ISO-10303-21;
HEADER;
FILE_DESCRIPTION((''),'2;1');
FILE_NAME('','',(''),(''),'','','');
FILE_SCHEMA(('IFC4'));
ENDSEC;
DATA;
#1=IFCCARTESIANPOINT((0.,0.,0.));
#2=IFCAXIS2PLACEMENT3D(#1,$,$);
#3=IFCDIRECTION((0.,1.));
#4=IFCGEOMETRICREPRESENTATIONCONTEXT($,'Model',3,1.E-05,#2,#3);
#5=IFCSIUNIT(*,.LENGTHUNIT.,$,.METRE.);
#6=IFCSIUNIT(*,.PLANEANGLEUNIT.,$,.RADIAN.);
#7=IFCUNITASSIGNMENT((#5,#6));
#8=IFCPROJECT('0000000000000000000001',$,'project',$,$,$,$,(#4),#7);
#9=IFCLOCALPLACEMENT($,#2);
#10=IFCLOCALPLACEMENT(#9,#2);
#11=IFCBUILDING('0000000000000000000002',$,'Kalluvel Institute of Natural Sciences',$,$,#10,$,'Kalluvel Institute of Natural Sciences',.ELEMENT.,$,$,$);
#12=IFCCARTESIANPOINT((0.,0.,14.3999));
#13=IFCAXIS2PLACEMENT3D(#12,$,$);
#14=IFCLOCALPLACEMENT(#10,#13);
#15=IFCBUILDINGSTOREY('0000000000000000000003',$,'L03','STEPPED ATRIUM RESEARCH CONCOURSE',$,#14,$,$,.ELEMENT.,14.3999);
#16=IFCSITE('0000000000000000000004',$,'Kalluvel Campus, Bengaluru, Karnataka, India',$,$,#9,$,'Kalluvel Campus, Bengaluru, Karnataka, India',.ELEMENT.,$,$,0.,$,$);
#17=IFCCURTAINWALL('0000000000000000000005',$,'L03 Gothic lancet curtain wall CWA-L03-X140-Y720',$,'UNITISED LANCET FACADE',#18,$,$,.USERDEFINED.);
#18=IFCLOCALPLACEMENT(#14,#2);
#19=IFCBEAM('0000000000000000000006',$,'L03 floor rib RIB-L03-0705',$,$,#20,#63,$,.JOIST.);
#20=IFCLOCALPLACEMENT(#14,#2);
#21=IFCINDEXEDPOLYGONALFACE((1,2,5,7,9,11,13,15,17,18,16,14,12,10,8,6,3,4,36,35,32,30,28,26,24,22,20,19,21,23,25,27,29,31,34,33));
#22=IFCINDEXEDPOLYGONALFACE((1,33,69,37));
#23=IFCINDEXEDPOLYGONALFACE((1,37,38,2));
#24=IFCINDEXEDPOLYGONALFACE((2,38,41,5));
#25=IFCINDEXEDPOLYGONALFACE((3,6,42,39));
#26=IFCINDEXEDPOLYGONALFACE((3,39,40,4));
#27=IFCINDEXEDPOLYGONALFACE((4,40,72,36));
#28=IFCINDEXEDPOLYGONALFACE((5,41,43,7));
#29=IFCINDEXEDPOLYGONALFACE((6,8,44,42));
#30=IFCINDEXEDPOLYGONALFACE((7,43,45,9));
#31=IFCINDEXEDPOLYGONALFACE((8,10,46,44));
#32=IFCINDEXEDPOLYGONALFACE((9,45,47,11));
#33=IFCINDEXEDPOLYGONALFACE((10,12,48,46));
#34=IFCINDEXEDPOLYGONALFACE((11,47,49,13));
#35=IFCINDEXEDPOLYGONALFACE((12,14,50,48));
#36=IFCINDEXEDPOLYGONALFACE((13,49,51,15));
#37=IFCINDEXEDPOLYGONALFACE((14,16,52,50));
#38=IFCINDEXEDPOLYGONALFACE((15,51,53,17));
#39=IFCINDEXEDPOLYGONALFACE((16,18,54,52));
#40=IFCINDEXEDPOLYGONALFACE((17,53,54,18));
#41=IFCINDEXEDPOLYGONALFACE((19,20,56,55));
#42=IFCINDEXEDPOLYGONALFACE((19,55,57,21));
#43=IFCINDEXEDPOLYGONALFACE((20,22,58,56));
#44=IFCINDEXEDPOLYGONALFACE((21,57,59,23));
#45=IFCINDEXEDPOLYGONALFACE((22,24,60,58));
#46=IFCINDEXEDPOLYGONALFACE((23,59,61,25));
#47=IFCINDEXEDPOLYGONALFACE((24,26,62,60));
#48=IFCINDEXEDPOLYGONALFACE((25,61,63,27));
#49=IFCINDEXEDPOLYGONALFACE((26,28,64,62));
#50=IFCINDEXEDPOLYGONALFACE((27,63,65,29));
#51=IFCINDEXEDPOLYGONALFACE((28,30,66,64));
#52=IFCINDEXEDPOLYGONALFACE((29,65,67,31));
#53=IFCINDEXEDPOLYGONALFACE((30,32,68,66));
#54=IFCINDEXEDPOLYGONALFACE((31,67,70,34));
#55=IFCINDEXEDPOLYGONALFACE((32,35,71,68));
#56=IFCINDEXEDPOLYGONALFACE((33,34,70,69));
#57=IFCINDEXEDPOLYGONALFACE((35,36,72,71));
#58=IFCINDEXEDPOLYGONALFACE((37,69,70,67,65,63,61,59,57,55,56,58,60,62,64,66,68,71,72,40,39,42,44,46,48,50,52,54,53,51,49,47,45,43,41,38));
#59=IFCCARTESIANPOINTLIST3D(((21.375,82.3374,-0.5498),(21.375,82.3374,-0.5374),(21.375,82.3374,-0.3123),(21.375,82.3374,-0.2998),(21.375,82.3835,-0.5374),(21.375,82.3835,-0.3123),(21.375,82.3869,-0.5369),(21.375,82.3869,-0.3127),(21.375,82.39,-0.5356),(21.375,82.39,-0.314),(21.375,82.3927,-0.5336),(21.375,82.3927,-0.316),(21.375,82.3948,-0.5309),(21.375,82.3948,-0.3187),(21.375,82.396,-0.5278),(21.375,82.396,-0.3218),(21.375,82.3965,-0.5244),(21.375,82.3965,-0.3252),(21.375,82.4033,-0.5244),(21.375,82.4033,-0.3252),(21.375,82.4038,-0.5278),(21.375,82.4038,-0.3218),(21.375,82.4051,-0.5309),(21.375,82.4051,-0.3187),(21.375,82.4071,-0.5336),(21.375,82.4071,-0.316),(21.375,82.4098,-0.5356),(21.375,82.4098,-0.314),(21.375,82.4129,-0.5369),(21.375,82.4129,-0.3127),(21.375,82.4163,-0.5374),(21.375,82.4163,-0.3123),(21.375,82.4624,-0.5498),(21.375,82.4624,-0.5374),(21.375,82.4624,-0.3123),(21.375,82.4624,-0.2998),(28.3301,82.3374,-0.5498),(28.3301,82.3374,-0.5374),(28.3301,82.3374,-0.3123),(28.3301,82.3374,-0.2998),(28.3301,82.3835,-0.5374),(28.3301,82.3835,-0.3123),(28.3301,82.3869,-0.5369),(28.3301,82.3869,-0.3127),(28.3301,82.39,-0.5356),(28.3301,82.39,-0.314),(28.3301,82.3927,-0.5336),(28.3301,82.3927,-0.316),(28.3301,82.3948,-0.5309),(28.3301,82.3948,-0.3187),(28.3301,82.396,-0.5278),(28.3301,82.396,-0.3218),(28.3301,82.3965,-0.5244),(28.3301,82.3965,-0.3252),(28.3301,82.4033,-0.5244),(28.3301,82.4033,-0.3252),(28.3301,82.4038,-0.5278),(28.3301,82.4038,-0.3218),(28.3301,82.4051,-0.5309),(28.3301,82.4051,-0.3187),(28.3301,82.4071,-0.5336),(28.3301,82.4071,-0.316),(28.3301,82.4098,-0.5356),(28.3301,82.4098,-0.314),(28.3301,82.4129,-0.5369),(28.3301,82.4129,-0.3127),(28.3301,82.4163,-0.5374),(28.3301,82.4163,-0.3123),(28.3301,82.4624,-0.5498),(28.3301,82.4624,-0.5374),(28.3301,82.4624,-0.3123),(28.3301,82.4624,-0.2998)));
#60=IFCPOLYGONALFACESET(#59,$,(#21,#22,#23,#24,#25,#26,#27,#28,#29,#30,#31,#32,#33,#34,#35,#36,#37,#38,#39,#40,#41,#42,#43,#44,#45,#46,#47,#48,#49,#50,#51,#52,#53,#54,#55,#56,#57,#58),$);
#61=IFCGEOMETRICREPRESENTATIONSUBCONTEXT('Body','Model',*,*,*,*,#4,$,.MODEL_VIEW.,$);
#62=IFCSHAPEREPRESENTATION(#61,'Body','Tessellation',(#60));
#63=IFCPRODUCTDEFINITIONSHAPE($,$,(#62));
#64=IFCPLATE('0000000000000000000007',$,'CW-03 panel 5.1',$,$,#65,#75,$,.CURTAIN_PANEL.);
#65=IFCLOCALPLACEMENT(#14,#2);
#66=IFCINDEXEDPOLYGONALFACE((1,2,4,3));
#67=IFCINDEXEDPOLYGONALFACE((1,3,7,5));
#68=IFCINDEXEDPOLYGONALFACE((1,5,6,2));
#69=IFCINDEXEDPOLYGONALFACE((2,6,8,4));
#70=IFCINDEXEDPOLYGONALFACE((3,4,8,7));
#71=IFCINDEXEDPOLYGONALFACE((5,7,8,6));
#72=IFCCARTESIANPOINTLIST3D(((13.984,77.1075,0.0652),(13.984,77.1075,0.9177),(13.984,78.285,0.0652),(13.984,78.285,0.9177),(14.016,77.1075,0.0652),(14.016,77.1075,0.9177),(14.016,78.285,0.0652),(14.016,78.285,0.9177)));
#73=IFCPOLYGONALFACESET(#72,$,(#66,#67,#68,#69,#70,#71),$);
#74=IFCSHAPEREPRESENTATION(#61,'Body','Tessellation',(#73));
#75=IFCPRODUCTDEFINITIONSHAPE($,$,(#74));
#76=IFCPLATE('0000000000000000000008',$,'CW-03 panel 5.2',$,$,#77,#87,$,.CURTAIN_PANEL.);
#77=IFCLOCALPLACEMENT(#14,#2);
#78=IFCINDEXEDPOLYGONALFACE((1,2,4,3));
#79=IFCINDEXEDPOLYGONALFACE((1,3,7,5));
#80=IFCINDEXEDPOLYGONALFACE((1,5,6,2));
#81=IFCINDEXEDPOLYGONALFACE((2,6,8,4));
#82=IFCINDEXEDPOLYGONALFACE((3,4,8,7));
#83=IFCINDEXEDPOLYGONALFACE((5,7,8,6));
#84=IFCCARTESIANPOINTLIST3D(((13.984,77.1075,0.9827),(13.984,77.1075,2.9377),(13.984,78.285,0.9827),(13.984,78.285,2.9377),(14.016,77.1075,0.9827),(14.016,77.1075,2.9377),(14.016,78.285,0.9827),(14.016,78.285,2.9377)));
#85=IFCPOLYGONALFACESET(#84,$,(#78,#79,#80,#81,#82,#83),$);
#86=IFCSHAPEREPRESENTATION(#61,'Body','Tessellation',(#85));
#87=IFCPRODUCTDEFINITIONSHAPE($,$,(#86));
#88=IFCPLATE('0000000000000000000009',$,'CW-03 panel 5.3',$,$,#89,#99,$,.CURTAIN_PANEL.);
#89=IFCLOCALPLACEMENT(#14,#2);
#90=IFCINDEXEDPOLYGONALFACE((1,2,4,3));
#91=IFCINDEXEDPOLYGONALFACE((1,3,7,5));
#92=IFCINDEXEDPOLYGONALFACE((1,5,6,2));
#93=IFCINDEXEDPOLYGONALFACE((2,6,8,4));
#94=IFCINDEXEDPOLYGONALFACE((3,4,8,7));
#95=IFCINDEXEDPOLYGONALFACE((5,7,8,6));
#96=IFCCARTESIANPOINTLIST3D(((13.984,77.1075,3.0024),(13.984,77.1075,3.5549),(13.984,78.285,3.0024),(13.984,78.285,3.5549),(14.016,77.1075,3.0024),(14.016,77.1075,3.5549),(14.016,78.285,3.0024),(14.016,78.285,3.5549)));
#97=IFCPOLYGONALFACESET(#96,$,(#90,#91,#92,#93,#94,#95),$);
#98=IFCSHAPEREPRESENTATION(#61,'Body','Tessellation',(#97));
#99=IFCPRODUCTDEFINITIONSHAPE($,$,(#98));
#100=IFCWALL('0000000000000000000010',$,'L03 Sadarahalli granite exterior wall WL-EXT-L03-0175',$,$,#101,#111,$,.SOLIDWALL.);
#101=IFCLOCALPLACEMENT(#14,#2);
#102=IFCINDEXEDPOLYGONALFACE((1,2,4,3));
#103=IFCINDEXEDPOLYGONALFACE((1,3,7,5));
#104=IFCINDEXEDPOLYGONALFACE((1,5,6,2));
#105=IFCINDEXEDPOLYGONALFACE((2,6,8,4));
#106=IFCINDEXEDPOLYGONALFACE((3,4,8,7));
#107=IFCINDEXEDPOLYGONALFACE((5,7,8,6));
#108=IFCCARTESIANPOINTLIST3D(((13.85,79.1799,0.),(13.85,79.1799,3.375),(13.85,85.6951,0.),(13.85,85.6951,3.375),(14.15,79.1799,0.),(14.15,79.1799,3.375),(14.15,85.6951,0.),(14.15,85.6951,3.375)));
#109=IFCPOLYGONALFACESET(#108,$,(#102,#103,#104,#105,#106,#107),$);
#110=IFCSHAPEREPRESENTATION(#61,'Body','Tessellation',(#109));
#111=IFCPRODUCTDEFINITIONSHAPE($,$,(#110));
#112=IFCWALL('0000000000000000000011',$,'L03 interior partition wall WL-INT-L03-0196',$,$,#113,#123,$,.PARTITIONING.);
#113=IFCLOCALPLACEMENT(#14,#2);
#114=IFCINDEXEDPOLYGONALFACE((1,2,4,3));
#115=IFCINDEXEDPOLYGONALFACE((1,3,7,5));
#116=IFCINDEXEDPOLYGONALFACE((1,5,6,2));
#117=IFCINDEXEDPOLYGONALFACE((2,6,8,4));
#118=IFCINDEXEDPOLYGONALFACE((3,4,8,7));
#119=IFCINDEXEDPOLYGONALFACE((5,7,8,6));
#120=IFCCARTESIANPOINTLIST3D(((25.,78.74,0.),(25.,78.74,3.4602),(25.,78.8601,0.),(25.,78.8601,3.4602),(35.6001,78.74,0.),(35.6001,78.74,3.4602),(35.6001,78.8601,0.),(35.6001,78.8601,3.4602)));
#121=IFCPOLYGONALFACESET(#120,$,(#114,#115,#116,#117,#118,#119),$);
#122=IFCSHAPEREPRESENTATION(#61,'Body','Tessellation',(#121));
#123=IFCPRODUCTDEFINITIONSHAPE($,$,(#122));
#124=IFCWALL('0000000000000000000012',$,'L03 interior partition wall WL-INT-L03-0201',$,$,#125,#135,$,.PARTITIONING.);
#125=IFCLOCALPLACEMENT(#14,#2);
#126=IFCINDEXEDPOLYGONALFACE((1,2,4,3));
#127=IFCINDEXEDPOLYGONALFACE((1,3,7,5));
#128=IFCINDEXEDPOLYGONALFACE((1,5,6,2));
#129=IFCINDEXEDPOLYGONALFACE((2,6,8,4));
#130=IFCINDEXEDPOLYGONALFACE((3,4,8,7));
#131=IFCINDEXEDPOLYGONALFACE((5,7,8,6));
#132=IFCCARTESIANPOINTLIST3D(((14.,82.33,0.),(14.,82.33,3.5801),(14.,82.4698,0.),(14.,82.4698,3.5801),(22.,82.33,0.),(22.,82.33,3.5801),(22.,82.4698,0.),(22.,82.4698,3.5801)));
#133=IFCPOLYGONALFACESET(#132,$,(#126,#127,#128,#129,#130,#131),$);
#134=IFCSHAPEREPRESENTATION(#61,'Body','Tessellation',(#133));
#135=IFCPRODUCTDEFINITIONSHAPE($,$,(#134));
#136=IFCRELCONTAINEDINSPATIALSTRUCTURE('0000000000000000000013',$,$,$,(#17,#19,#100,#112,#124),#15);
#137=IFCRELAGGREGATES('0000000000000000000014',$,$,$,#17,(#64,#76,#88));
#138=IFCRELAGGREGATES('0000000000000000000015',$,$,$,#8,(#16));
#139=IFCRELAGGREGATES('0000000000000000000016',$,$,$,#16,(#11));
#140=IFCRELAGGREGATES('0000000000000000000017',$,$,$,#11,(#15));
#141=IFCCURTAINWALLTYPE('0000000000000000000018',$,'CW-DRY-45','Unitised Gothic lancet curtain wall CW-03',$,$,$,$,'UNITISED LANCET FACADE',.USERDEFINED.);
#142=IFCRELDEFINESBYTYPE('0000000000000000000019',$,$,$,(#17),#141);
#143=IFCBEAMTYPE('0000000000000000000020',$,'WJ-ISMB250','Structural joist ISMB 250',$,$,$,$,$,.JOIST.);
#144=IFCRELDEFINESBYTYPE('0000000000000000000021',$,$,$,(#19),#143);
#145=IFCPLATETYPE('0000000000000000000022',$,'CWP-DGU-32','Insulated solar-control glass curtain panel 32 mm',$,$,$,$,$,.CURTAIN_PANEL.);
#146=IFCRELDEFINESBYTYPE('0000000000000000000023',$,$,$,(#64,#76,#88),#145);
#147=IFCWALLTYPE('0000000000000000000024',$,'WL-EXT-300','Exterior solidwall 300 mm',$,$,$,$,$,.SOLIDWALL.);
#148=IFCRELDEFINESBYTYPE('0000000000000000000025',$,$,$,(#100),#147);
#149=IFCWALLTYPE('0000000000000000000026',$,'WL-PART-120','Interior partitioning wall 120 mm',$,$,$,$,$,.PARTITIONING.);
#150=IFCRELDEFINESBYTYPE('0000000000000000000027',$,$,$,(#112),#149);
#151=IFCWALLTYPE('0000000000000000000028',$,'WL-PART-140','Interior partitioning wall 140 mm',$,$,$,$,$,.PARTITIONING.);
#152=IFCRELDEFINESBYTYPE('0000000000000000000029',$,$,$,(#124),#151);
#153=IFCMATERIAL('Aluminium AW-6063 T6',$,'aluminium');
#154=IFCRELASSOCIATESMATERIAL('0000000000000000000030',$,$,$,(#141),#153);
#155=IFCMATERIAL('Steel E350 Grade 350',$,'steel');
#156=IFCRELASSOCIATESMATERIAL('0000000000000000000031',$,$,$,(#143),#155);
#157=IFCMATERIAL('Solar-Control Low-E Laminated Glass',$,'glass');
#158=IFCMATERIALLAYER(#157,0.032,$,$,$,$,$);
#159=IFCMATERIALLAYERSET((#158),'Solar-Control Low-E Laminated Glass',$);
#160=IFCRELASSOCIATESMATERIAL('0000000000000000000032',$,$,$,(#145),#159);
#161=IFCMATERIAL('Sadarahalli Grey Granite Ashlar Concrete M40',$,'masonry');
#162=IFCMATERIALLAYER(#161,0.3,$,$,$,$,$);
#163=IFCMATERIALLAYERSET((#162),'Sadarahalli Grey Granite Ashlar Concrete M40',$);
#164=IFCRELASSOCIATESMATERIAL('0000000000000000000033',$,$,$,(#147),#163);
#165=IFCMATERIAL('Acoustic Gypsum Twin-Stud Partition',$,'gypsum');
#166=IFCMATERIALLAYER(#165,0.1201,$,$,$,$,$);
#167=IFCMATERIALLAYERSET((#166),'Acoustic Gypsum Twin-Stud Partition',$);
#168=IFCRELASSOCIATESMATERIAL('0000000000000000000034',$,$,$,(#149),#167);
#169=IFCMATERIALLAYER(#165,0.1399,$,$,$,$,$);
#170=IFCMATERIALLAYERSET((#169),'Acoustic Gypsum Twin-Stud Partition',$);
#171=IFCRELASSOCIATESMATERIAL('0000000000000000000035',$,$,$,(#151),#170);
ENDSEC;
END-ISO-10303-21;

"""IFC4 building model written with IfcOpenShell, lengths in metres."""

from ifc_helpers import new_model, si_unit, direction, frame, frame_2d, origin, origin_2d, place, context, subcontext, project, spatial, rectangle, i_section, extrude, material, layer, layer_set, material_profile, profile_set, type_object, element, aggregate, save


model = new_model("IFC4")

# Units and contexts
model_context = context("Model", 3, precision=1e-05, world=origin(), true_north=direction((0.0, 1.0)))
body_context = subcontext(model_context, "Body", "Model", "MODEL_VIEW")
ifc_project = project(units=[si_unit("LENGTHUNIT", "METRE"), si_unit("PLANEANGLEUNIT", "RADIAN")], contexts=[model_context])

# Site, building, storey
site_placement = place(None, origin())
site = spatial("IfcSite", under=ifc_project, at=site_placement, Name="Kalluvel Campus, Bengaluru, Karnataka, India", LongName="Kalluvel Campus, Bengaluru, Karnataka, India", CompositionType="ELEMENT", RefElevation=0.0)
building_placement = place(site_placement, origin())
building = spatial("IfcBuilding", under=site, at=building_placement, Name="Kalluvel Institute of Natural Sciences", LongName="Kalluvel Institute of Natural Sciences", CompositionType="ELEMENT")
storey_placement = place(building_placement, frame((0.0, 0.0, 14.3999)))
storey = spatial("IfcBuildingStorey", under=building, at=storey_placement, Name="L03", Description="STEPPED ATRIUM RESEARCH CONCOURSE", CompositionType="ELEMENT", Elevation=14.3999)

# Shared definitions
ifc_material_1 = material(Name="Steel E350 Grade 350", Category="steel")

# Curtain wall
ifc_material_2 = material(Name="Aluminium AW-6063 T6", Category="aluminium")
curtain_wall_type = type_object("IfcCurtainWallType", Name="CW-DRY-45", Description="Unitised Gothic lancet curtain wall CW-03", ElementType="UNITISED LANCET FACADE", PredefinedType="USERDEFINED", material=ifc_material_2)
curtain_wall_placement = place(storey_placement, origin())
curtain_wall = element("IfcCurtainWall", 1, at=curtain_wall_placement, inside=storey, type_object=curtain_wall_type, Name="L03 Gothic lancet curtain wall CWA-L03-X140-Y720", ObjectType="UNITISED LANCET FACADE", PredefinedType="USERDEFINED")

# Beam
ifc_material_profile_1 = material_profile(ifc_material_1, i_section(OverallWidth=0.125, OverallDepth=0.25, WebThickness=0.0068, FlangeThickness=0.0125, FilletRadius=0.0129, at=origin_2d()), Name="ISMB 250")
ifc_profile_set_1 = profile_set([ifc_material_profile_1], Name="Steel E350 Grade 350")
beam_type_1 = type_object("IfcBeamType", Name="WJ-ISMB250", Description="Structural joist ISMB 250", PredefinedType="JOIST", material=ifc_profile_set_1)
beam_1_placement = place(storey_placement, frame((21.375, 82.3999, -0.4248), z_axis=(1.0, 0.0, 0.0), x_axis=(0.0, 1.0, 0.0)))
element("IfcBeam", 2, at=beam_1_placement, inside=storey, type_object=beam_type_1, Name="L03 floor rib RIB-L03-0705", PredefinedType="JOIST", context=body_context, shape_type="SweptSolid", body=[
    extrude(i_section(OverallWidth=0.125, OverallDepth=0.25, WebThickness=0.0068, FlangeThickness=0.0125, FilletRadius=0.0129, at=origin_2d()), origin(), (0.0, 0.0, 1.0), 6.9551),
])

# Plates
ifc_material_3 = material(Name="Solar-Control Low-E Laminated Glass", Category="glass")
ifc_layer_1 = layer(ifc_material_3, 0.032)
ifc_layer_set_1 = layer_set([ifc_layer_1], Name="Solar-Control Low-E Laminated Glass")
plate_type = type_object("IfcPlateType", Name="CWP-DGU-32", Description="Insulated solar-control glass curtain panel 32 mm", PredefinedType="CURTAIN_PANEL", material=ifc_layer_set_1)
plate_1_placement = place(storey_placement, frame((14.0, 77.6963, 0.0652), z_axis=(0.0, 0.0, 1.0), x_axis=(0.0, 1.0, 0.0)))
plate_1 = element("IfcPlate", 3, at=plate_1_placement, type_object=plate_type, Name="CW-03 panel 5.1", PredefinedType="CURTAIN_PANEL", context=body_context, shape_type="SweptSolid", body=[
    extrude(rectangle(XDim=1.1775, YDim=0.032, at=origin_2d()), origin(), (0.0, 0.0, 1.0), 0.8525),
])
plate_2_placement = place(storey_placement, frame((14.0, 77.6963, 0.9827), z_axis=(0.0, 0.0, 1.0), x_axis=(0.0, 1.0, 0.0)))
plate_2 = element("IfcPlate", 4, at=plate_2_placement, type_object=plate_type, Name="CW-03 panel 5.2", PredefinedType="CURTAIN_PANEL", context=body_context, shape_type="SweptSolid", body=[
    extrude(rectangle(XDim=1.1775, YDim=0.032, at=origin_2d()), origin(), (0.0, 0.0, 1.0), 1.9551),
])
plate_3_placement = place(storey_placement, frame((14.0, 77.6963, 3.0024), z_axis=(0.0, 0.0, 1.0), x_axis=(0.0, 1.0, 0.0)))
plate_3 = element("IfcPlate", 5, at=plate_3_placement, type_object=plate_type, Name="CW-03 panel 5.3", PredefinedType="CURTAIN_PANEL", context=body_context, shape_type="SweptSolid", body=[
    extrude(rectangle(XDim=1.1775, YDim=0.032, at=origin_2d()), origin(), (0.0, 0.0, 1.0), 0.5525),
])
aggregate(curtain_wall, [plate_1, plate_2, plate_3])

# Walls
ifc_material_4 = material(Name="Sadarahalli Grey Granite Ashlar Concrete M40", Category="masonry")
ifc_layer_2 = layer(ifc_material_4, 0.3)
ifc_layer_set_2 = layer_set([ifc_layer_2], Name="Sadarahalli Grey Granite Ashlar Concrete M40")
wall_type_1 = type_object("IfcWallType", Name="WL-EXT-300", Description="Exterior solidwall 300 mm", PredefinedType="SOLIDWALL", material=ifc_layer_set_2)
wall_1_placement = place(storey_placement, frame((14.0, 79.1799, 0.0), z_axis=(0.0, 0.0, 1.0), x_axis=(0.0, 1.0, 0.0)))
element("IfcWall", 6, at=wall_1_placement, inside=storey, type_object=wall_type_1, Name="L03 Sadarahalli granite exterior wall WL-EXT-L03-0175", PredefinedType="SOLIDWALL", context=body_context, shape_type="SweptSolid", body=[
    extrude(rectangle(XDim=6.5151, YDim=0.3, at=frame_2d((3.2576, 0.0))), origin(), (0.0, 0.0, 1.0), 3.375),
])
ifc_material_5 = material(Name="Acoustic Gypsum Twin-Stud Partition", Category="gypsum")
ifc_layer_3 = layer(ifc_material_5, 0.1201)
ifc_layer_set_3 = layer_set([ifc_layer_3], Name="Acoustic Gypsum Twin-Stud Partition")
wall_type_2 = type_object("IfcWallType", Name="WL-PART-120", Description="Interior partitioning wall 120 mm", PredefinedType="PARTITIONING", material=ifc_layer_set_3)
wall_2_placement = place(storey_placement, frame((25.0, 78.8, 0.0), z_axis=(0.0, 0.0, 1.0), x_axis=(1.0, 0.0, 0.0)))
element("IfcWall", 7, at=wall_2_placement, inside=storey, type_object=wall_type_2, Name="L03 interior partition wall WL-INT-L03-0196", PredefinedType="PARTITIONING", context=body_context, shape_type="SweptSolid", body=[
    extrude(rectangle(XDim=10.6001, YDim=0.1201, at=frame_2d((5.3, 0.0))), origin(), (0.0, 0.0, 1.0), 3.4602),
])
ifc_layer_4 = layer(ifc_material_5, 0.1399)
ifc_layer_set_4 = layer_set([ifc_layer_4], Name="Acoustic Gypsum Twin-Stud Partition")
wall_type_3 = type_object("IfcWallType", Name="WL-PART-140", Description="Interior partitioning wall 140 mm", PredefinedType="PARTITIONING", material=ifc_layer_set_4)
wall_3_placement = place(storey_placement, frame((14.0, 82.3999, 0.0), z_axis=(0.0, 0.0, 1.0), x_axis=(1.0, 0.0, 0.0)))
element("IfcWall", 8, at=wall_3_placement, inside=storey, type_object=wall_type_3, Name="L03 interior partition wall WL-INT-L03-0201", PredefinedType="PARTITIONING", context=body_context, shape_type="SweptSolid", body=[
    extrude(rectangle(XDim=8.0, YDim=0.1399, at=frame_2d((4.0, 0.0))), origin(), (0.0, 0.0, 1.0), 3.5801),
])

save(model, "model.ifc")
